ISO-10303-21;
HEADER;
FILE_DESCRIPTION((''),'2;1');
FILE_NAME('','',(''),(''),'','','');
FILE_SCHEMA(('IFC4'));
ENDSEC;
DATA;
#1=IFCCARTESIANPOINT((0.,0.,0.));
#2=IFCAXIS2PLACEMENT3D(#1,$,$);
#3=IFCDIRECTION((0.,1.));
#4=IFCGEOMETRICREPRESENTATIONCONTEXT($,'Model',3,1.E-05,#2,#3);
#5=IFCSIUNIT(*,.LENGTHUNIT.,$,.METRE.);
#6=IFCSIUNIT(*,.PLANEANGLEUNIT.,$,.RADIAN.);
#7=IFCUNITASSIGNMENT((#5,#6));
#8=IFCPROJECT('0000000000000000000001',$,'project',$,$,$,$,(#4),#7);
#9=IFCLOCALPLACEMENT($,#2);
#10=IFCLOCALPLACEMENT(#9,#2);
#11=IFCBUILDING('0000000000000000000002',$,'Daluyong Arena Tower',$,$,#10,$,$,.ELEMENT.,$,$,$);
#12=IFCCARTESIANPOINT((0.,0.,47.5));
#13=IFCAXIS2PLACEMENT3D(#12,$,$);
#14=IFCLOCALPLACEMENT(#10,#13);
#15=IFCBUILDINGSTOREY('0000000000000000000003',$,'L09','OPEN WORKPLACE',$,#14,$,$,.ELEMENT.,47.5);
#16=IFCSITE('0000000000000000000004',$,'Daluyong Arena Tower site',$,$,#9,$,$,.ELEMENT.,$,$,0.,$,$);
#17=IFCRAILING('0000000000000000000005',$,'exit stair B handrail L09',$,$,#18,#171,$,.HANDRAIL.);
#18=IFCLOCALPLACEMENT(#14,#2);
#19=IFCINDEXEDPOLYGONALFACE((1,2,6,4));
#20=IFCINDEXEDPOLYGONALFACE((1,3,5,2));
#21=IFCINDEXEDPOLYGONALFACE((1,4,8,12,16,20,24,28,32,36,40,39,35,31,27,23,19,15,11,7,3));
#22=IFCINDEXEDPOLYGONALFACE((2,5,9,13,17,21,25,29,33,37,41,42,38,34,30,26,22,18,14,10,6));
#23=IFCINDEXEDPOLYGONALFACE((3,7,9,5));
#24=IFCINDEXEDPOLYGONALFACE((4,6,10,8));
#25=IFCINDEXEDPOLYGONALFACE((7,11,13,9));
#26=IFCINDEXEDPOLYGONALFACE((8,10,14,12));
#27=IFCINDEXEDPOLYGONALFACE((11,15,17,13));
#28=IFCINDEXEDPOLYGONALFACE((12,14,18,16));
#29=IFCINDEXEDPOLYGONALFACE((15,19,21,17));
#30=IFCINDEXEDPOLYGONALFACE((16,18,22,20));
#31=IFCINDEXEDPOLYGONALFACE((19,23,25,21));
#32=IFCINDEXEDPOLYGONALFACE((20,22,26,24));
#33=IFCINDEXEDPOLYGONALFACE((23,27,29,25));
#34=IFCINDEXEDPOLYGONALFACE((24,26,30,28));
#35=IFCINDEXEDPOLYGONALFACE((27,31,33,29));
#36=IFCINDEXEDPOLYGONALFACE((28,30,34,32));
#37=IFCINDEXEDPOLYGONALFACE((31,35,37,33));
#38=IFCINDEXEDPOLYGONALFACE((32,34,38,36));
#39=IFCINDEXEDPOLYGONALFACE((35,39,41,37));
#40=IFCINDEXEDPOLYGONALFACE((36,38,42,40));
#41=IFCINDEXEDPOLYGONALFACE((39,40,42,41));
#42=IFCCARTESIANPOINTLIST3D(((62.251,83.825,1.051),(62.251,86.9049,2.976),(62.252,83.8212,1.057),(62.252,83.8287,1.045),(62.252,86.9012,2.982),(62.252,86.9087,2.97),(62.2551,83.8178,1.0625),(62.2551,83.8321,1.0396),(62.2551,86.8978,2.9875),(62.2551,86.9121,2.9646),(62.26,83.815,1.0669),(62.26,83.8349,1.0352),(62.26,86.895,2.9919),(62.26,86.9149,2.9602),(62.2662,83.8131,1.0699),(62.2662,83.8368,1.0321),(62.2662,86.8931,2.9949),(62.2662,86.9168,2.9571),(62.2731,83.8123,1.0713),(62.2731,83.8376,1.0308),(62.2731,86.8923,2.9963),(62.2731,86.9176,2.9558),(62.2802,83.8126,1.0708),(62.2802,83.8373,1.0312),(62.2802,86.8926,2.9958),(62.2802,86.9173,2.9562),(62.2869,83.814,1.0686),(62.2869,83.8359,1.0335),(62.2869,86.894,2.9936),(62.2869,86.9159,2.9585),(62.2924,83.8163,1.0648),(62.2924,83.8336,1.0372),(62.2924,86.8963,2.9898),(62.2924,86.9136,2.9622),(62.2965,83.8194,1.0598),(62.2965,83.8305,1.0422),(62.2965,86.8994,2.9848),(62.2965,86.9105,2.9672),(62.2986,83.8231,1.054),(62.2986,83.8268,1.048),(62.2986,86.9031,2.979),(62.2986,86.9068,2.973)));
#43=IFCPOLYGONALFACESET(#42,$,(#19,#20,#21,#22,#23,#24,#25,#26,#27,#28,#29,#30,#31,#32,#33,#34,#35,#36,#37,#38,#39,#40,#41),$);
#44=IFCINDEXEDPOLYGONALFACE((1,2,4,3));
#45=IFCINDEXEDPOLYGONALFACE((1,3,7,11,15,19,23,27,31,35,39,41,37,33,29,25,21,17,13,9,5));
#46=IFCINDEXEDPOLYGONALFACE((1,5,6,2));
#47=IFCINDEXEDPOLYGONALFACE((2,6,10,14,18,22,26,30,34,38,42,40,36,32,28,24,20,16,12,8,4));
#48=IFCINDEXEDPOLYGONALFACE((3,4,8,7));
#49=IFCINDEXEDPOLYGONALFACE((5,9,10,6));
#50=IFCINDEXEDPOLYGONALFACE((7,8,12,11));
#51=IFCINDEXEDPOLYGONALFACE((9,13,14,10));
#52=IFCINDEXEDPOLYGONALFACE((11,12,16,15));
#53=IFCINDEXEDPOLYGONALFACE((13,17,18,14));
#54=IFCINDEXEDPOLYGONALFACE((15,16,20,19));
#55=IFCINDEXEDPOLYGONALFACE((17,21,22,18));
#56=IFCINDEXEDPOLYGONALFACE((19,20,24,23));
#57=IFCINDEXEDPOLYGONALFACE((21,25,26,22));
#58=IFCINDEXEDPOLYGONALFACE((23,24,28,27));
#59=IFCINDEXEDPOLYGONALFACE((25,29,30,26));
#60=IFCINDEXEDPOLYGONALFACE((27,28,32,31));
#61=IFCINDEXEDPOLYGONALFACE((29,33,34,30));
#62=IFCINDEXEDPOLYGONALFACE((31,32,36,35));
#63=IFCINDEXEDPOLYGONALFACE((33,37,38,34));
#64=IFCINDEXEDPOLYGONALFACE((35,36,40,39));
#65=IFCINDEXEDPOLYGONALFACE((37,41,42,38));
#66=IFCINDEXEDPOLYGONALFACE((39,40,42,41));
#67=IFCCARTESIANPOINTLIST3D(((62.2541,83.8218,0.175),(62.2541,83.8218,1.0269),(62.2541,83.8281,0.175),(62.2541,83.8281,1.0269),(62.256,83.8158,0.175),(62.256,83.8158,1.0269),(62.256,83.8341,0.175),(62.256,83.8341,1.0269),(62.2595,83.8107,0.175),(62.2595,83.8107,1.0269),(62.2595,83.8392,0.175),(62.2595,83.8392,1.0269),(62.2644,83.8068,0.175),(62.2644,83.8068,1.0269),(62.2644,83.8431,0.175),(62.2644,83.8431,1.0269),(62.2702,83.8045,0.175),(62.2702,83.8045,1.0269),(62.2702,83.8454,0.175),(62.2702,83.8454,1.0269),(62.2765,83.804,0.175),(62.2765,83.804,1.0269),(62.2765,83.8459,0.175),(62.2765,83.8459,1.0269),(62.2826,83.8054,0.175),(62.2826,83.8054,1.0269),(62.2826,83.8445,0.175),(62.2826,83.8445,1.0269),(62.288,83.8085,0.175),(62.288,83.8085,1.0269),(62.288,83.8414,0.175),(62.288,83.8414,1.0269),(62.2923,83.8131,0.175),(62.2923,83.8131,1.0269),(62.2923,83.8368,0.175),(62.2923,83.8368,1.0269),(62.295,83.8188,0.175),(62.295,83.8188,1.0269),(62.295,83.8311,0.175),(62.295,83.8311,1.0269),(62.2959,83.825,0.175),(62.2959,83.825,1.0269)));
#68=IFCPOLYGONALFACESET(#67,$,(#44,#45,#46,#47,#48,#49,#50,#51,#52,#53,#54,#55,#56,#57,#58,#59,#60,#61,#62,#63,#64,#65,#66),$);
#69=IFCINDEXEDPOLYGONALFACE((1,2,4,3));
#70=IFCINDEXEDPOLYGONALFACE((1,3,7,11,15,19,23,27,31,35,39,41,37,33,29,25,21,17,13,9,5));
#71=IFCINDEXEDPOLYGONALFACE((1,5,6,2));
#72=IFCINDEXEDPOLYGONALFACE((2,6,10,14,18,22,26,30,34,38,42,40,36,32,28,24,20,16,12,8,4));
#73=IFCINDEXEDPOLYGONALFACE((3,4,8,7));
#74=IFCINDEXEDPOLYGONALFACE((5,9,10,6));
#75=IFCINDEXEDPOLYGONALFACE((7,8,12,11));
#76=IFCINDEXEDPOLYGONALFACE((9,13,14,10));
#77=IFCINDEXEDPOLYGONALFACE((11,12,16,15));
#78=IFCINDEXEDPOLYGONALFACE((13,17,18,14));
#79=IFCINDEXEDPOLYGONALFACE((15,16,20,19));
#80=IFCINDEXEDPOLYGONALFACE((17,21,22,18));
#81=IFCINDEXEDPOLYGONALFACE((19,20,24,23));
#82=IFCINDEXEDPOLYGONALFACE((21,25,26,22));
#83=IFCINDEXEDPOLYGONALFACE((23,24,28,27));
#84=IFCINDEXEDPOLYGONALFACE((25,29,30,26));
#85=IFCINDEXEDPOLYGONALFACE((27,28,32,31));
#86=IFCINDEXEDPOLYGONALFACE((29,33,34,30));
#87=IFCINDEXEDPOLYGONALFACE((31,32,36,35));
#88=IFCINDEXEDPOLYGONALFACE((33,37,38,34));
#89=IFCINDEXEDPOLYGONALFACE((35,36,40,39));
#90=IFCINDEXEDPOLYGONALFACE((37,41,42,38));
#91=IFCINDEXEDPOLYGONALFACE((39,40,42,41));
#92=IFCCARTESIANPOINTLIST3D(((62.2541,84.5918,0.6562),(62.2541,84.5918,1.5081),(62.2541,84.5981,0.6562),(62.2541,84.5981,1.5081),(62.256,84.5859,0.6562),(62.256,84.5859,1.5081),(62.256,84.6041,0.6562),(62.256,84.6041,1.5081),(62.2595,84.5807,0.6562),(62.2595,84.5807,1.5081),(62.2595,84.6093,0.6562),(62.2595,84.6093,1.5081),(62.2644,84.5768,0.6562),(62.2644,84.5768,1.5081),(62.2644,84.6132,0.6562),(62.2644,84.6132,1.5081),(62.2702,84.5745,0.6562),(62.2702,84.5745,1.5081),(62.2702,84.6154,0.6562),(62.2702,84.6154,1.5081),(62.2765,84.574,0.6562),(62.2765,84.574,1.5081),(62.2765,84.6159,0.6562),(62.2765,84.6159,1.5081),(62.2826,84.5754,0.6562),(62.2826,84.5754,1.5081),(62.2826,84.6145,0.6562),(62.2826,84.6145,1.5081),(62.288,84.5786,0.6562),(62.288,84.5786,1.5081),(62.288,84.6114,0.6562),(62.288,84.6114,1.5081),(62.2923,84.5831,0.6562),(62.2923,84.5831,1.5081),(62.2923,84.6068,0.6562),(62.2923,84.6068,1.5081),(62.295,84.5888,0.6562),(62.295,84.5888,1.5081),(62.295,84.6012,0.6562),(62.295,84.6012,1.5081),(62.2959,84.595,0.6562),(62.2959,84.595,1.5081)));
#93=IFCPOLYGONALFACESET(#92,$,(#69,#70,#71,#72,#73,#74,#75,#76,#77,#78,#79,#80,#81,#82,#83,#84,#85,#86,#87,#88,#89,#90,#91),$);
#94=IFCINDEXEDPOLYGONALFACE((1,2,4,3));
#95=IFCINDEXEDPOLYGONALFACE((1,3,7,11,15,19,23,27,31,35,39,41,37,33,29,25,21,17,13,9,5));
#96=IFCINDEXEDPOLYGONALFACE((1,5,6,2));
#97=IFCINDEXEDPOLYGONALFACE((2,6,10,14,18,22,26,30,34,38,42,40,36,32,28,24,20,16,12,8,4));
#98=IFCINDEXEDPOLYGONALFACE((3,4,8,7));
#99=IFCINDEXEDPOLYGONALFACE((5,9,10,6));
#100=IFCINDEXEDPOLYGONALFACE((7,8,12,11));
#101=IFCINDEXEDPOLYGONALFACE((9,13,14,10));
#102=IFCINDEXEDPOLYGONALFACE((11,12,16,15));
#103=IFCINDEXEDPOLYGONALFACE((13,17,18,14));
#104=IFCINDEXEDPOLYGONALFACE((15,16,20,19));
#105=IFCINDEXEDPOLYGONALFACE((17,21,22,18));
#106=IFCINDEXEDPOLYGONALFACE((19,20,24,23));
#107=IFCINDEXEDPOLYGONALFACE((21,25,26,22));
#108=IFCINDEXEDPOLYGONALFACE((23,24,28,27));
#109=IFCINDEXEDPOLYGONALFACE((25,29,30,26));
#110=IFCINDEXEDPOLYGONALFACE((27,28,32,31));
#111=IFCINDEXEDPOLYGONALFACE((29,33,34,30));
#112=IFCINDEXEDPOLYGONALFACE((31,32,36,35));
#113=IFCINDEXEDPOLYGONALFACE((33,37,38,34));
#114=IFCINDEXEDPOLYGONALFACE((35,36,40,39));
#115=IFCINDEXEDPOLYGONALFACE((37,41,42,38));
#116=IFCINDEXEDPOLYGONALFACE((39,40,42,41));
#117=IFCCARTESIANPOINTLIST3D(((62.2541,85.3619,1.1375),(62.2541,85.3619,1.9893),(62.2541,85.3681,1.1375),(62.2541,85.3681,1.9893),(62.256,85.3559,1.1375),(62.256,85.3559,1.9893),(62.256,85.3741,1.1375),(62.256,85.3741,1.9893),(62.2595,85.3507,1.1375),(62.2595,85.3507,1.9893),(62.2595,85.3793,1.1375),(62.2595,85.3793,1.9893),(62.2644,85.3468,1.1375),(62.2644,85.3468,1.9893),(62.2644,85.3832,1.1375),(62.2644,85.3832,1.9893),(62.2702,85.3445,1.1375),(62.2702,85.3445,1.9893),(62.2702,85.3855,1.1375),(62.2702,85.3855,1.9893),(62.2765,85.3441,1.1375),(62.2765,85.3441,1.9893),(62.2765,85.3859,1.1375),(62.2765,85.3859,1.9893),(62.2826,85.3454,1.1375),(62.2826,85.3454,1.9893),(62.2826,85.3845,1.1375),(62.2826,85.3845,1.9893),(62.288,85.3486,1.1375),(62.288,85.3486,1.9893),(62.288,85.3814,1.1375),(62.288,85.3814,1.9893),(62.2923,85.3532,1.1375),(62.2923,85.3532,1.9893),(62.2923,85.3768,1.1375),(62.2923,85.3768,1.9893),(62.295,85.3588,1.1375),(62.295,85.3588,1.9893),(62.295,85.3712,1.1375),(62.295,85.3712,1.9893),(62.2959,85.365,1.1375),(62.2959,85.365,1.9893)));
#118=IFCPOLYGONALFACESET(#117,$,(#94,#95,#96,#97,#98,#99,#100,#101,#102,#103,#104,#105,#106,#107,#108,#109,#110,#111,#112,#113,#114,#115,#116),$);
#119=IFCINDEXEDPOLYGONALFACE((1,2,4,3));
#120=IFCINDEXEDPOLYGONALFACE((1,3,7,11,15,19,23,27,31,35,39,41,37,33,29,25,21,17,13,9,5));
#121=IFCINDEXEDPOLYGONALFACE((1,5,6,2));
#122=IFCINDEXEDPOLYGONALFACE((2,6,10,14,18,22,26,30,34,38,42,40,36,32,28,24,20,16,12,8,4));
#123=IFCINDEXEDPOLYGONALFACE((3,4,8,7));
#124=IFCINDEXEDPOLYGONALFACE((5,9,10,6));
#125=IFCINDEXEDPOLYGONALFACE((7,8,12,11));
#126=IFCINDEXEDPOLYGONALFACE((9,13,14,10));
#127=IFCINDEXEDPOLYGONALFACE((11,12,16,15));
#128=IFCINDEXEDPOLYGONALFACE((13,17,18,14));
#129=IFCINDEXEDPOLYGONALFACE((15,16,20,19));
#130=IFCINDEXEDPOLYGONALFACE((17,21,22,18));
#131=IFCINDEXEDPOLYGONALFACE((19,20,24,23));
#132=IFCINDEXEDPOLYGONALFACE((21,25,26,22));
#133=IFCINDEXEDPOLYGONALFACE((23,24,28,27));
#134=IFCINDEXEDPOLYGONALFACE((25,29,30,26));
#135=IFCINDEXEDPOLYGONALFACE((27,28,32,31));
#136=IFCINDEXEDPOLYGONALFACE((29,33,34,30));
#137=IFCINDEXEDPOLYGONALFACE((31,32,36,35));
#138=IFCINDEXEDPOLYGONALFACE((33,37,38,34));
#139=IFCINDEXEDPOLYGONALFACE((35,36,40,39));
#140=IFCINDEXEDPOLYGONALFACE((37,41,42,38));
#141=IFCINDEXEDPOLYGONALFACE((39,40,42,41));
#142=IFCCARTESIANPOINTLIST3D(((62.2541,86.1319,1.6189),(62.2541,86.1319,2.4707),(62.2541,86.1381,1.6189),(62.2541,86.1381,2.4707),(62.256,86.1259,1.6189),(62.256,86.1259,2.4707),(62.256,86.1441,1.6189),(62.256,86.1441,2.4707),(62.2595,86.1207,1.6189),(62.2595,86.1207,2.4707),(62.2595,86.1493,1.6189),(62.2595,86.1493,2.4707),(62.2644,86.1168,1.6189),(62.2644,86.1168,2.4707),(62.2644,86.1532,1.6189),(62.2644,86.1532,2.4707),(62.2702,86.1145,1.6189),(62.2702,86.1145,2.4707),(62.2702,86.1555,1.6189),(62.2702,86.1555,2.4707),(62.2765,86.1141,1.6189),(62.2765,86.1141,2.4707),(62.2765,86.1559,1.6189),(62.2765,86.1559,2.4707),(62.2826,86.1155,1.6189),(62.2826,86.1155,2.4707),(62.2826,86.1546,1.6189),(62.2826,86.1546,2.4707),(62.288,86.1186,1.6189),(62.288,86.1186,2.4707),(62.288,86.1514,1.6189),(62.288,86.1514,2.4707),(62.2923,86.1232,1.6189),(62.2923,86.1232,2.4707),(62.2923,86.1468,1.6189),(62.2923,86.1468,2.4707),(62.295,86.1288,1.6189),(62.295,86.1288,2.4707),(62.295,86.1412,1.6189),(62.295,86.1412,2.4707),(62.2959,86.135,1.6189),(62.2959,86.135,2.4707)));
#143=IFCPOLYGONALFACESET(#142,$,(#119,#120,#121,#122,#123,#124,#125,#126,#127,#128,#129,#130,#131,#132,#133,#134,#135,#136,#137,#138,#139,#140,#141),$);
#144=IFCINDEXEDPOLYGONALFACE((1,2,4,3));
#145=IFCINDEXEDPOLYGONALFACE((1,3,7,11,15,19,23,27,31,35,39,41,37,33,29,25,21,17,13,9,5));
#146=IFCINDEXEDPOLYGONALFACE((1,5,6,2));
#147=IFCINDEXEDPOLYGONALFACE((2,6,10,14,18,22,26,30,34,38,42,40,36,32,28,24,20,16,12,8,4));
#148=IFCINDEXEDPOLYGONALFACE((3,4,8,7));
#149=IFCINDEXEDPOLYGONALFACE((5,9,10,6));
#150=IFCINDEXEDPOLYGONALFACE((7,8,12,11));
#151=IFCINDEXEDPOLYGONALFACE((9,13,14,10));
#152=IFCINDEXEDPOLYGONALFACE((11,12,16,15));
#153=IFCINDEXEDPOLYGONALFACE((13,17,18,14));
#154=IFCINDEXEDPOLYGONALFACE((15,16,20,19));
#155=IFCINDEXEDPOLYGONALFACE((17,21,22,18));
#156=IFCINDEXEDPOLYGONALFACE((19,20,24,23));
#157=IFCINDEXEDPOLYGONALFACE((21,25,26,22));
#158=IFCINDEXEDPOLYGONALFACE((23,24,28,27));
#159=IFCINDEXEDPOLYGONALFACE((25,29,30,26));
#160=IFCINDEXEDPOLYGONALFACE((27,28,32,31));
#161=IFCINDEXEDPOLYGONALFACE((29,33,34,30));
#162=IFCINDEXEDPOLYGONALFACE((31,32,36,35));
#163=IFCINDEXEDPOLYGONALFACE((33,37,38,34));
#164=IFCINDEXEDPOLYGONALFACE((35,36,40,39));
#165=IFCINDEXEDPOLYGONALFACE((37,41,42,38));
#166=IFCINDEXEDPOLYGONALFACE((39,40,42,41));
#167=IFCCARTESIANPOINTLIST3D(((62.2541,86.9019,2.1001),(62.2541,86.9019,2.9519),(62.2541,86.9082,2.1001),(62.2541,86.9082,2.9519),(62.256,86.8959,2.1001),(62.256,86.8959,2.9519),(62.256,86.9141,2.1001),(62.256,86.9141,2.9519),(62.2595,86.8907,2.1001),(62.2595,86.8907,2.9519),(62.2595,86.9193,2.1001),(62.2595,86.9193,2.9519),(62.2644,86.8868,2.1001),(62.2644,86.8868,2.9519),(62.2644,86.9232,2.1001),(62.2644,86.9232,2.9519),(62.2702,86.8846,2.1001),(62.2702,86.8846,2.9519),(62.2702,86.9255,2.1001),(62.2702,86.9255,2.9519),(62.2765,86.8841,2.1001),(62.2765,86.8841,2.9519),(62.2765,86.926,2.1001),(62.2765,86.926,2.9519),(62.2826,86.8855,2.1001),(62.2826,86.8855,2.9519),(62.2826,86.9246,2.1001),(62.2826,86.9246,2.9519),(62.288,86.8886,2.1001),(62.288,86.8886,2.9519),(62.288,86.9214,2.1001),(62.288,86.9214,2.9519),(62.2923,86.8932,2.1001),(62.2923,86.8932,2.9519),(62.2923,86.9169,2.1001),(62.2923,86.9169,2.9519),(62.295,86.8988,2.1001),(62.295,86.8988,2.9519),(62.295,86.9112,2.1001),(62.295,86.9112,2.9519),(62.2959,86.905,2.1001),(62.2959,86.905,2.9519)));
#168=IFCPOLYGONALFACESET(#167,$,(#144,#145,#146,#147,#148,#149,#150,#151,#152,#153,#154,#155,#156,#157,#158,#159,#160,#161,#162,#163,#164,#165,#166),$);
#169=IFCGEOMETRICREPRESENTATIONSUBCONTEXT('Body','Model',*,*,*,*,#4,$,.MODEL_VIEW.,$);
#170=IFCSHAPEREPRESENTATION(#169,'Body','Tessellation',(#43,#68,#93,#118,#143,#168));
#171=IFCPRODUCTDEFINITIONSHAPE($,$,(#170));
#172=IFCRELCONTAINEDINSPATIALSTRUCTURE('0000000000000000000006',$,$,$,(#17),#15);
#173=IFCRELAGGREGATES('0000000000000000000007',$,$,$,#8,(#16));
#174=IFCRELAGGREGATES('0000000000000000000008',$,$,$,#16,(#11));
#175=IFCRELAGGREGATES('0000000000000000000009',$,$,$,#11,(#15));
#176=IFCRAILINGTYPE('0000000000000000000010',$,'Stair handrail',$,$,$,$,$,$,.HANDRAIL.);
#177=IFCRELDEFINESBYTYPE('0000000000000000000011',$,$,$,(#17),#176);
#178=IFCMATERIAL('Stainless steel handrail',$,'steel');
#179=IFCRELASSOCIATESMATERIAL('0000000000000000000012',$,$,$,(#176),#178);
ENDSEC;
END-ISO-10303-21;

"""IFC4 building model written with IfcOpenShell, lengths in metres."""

from ifc_helpers import new_model, si_unit, direction, frame, origin, origin_2d, place, context, subcontext, project, spatial, circle, extrude, material, type_object, element, save


model = new_model("IFC4")

# Units and contexts
model_context = context("Model", 3, precision=1e-05, world=origin(), true_north=direction((0.0, 1.0)))
body_context = subcontext(model_context, "Body", "Model", "MODEL_VIEW")
ifc_project = project(units=[si_unit("LENGTHUNIT", "METRE"), si_unit("PLANEANGLEUNIT", "RADIAN")], contexts=[model_context])

# Site, building, storey
site_placement = place(None, origin())
site = spatial("IfcSite", under=ifc_project, at=site_placement, Name="Daluyong Arena Tower site", CompositionType="ELEMENT", RefElevation=0.0)
building_placement = place(site_placement, origin())
building = spatial("IfcBuilding", under=site, at=building_placement, Name="Daluyong Arena Tower", CompositionType="ELEMENT")
storey_placement = place(building_placement, frame((0.0, 0.0, 47.5)))
storey = spatial("IfcBuildingStorey", under=building, at=storey_placement, Name="L09", Description="OPEN WORKPLACE", CompositionType="ELEMENT", Elevation=47.5)

# Railing
ifc_material_1 = material(Name="Stainless steel handrail", Category="steel")
railing_type_1 = type_object("IfcRailingType", Name="Stair handrail", PredefinedType="HANDRAIL", material=ifc_material_1)
railing_1_placement = place(storey_placement, frame((62.2749, 83.825, 0.175)))
element("IfcRailing", 1, at=railing_1_placement, inside=storey, type_object=railing_type_1, Name="exit stair B handrail L09", PredefinedType="HANDRAIL", context=body_context, shape_type="SweptSolid", body=[
    extrude(circle(Radius=0.0239, at=origin_2d()), frame((0.0, 0.0, 0.876), z_axis=(0.0, 0.847998, 0.529999), x_axis=(-1.0, 0.0, 0.0)), (0.0, 0.0, 1.0), 3.6321),
    extrude(circle(Radius=0.021, at=origin_2d()), origin(), (0.0, 0.0, 1.0), 0.8518),
    extrude(circle(Radius=0.021, at=origin_2d()), frame((0.0, 0.77, 0.4812)), (0.0, 0.0, 1.0), 0.8518),
    extrude(circle(Radius=0.021, at=origin_2d()), frame((0.0, 1.54, 0.9624)), (0.0, 0.0, 1.0), 0.8518),
    extrude(circle(Radius=0.021, at=origin_2d()), frame((0.0, 2.3101, 1.4438)), (0.0, 0.0, 1.0), 0.8518),
    extrude(circle(Radius=0.021, at=origin_2d()), frame((0.0, 3.0801, 1.925)), (0.0, 0.0, 1.0), 0.8518),
])

save(model, "model.ifc")
